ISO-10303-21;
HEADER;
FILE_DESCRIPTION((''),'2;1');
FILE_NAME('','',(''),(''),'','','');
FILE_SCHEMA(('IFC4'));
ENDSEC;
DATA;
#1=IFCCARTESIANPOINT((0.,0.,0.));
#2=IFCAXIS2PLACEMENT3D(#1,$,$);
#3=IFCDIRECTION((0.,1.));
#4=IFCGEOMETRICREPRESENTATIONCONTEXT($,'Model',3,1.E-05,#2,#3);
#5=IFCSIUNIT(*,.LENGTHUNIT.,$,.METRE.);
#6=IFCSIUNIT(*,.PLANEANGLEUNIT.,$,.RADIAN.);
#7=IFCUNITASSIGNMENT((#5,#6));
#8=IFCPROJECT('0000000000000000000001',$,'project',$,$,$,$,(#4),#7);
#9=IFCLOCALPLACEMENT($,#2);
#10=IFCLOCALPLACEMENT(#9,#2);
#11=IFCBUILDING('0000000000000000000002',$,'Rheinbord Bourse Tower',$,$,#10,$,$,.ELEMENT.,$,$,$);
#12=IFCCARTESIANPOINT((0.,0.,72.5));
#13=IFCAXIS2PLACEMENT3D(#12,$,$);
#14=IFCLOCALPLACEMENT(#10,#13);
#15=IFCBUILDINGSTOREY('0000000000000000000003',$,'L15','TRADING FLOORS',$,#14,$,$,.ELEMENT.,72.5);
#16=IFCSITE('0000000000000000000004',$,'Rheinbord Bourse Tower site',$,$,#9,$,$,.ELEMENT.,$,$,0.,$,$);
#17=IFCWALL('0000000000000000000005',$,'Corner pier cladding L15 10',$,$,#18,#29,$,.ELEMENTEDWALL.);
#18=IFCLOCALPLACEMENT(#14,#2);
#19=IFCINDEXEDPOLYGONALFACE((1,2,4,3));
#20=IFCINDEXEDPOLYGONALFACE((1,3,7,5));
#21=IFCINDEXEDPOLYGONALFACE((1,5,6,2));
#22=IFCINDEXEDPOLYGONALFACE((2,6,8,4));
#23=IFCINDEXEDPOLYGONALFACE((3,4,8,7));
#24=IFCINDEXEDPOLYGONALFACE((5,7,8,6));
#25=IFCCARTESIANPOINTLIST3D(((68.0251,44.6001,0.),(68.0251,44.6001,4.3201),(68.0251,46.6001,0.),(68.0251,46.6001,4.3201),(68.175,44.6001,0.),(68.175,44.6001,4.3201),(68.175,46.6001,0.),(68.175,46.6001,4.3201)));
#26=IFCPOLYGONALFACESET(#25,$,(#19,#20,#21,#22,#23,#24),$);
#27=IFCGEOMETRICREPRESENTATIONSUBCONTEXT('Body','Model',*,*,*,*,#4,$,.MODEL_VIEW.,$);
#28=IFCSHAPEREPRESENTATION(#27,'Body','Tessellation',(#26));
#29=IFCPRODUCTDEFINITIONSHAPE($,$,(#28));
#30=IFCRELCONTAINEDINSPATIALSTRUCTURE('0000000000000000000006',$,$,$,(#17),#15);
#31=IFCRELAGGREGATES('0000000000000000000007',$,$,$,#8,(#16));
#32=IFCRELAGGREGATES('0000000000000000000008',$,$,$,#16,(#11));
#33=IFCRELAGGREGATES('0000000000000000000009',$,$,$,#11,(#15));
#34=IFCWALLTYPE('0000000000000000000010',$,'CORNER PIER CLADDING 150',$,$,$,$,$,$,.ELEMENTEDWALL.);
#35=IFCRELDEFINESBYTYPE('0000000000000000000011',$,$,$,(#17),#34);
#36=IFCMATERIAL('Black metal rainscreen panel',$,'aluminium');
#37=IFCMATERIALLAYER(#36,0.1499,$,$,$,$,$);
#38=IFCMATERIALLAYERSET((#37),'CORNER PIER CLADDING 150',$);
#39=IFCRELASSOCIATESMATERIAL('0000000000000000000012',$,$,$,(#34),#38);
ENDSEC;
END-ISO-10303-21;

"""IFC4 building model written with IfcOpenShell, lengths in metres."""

from ifc_helpers import new_model, si_unit, direction, frame, frame_2d, origin, place, context, subcontext, project, spatial, rectangle, extrude, material, layer, layer_set, type_object, element, save


model = new_model("IFC4")

# Units and contexts
model_context = context("Model", 3, precision=1e-05, world=origin(), true_north=direction((0.0, 1.0)))
body_context = subcontext(model_context, "Body", "Model", "MODEL_VIEW")
ifc_project = project(units=[si_unit("LENGTHUNIT", "METRE"), si_unit("PLANEANGLEUNIT", "RADIAN")], contexts=[model_context])

# Site, building, storey
site_placement = place(None, origin())
site = spatial("IfcSite", under=ifc_project, at=site_placement, Name="Rheinbord Bourse Tower site", CompositionType="ELEMENT", RefElevation=0.0)
building_placement = place(site_placement, origin())
building = spatial("IfcBuilding", under=site, at=building_placement, Name="Rheinbord Bourse Tower", CompositionType="ELEMENT")
storey_placement = place(building_placement, frame((0.0, 0.0, 72.5)))
storey = spatial("IfcBuildingStorey", under=building, at=storey_placement, Name="L15", Description="TRADING FLOORS", CompositionType="ELEMENT", Elevation=72.5)

# Wall
ifc_material_1 = material(Name="Black metal rainscreen panel", Category="aluminium")
ifc_layer_1 = layer(ifc_material_1, 0.1499)
ifc_layer_set_1 = layer_set([ifc_layer_1], Name="CORNER PIER CLADDING 150")
wall_type = type_object("IfcWallType", Name="CORNER PIER CLADDING 150", PredefinedType="ELEMENTEDWALL", material=ifc_layer_set_1)
wall_1_placement = place(storey_placement, frame((68.1001, 44.6001, 0.0), z_axis=(0.0, 0.0, 1.0), x_axis=(0.0, 1.0, 0.0)))
element("IfcWall", 1, at=wall_1_placement, inside=storey, type_object=wall_type, Name="Corner pier cladding L15 10", PredefinedType="ELEMENTEDWALL", context=body_context, shape_type="SweptSolid", body=[
    extrude(rectangle(XDim=2.0, YDim=0.1499, at=frame_2d((1.0, 0.0))), origin(), (0.0, 0.0, 1.0), 4.3201),
])

save(model, "model.ifc")
